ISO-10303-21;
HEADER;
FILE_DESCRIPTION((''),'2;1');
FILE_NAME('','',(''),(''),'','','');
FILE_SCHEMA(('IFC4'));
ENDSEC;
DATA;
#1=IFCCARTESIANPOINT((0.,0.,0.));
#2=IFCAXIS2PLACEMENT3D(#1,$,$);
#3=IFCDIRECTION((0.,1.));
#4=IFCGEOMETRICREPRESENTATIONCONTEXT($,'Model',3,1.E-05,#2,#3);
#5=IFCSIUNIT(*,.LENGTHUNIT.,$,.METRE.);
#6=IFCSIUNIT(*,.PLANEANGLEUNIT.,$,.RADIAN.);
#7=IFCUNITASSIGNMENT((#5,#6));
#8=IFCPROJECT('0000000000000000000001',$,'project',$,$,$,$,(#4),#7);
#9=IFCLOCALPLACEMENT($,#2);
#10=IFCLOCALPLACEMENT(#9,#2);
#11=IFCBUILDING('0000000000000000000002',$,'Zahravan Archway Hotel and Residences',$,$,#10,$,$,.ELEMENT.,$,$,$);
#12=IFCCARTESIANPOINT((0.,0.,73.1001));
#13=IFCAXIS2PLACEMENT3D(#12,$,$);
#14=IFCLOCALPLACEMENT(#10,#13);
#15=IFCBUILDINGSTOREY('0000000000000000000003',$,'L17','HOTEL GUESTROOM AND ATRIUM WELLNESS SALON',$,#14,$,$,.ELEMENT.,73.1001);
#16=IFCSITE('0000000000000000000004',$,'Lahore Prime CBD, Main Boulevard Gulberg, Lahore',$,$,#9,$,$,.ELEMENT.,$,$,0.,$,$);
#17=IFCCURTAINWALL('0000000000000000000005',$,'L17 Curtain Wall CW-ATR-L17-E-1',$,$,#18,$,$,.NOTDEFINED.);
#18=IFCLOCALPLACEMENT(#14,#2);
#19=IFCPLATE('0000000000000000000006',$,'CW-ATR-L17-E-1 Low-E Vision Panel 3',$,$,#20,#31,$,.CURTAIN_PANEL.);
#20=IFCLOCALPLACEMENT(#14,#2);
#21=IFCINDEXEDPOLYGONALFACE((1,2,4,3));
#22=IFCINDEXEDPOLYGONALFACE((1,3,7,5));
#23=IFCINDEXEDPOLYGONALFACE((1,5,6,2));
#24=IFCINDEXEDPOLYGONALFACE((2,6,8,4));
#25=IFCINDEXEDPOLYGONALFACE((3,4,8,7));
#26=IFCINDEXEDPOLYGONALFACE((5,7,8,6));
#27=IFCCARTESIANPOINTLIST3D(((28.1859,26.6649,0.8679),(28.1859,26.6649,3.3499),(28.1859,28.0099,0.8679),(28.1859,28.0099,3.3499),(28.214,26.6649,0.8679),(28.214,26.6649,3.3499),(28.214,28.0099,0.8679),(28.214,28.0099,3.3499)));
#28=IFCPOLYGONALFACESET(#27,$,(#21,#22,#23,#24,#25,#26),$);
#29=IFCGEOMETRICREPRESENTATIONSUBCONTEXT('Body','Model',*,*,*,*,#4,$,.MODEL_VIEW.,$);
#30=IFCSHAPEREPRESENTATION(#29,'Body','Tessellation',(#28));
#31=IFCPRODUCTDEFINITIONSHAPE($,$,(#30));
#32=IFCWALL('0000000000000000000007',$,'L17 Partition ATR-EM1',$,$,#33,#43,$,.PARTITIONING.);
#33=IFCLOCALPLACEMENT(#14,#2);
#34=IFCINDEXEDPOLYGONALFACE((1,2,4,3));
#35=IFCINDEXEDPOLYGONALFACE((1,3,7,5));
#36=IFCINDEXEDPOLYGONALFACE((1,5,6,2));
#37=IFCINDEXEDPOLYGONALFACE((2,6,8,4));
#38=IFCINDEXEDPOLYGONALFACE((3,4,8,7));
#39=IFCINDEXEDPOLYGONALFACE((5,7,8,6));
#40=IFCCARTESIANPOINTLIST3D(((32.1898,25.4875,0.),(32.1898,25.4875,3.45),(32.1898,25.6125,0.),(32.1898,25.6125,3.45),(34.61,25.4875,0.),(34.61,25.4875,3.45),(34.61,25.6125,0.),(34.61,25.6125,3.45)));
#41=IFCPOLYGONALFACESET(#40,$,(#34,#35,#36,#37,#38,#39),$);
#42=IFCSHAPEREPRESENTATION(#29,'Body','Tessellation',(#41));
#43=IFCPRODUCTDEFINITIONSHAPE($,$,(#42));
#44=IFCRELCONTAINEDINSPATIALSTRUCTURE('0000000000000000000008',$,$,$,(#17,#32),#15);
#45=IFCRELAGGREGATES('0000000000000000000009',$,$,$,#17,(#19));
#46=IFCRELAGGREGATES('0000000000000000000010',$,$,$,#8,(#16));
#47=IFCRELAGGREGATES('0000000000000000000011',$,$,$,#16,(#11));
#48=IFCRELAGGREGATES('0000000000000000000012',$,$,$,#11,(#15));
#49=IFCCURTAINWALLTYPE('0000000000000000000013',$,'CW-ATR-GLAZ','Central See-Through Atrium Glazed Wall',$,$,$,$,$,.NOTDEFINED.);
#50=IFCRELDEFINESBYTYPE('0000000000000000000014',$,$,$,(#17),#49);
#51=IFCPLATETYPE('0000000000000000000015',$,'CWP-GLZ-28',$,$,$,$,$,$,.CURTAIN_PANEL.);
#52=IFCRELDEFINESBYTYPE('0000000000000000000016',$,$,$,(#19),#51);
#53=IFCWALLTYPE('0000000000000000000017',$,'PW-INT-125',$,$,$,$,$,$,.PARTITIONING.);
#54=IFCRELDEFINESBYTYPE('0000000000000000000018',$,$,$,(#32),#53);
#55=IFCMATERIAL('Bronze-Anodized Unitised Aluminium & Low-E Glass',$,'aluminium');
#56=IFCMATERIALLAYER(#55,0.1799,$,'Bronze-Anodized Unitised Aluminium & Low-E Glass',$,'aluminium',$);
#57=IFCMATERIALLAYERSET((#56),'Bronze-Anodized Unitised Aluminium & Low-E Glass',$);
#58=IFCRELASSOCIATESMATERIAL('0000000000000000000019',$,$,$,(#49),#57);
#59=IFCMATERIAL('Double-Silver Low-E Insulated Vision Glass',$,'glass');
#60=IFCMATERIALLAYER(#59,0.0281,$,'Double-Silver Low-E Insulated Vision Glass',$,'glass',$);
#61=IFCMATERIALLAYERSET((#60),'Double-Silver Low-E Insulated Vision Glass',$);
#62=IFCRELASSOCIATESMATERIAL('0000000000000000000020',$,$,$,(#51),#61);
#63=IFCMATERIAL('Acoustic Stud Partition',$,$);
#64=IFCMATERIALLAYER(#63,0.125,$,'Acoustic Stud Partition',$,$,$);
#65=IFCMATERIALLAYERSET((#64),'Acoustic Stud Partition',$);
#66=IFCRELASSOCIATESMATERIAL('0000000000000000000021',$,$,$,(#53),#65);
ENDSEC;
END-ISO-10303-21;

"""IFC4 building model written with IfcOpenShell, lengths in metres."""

from ifc_helpers import new_model, si_unit, direction, frame, frame_2d, origin, origin_2d, place, context, subcontext, project, spatial, rectangle, extrude, source, transform, mapped, material, layer, layer_set, type_object, element, aggregate, save


model = new_model("IFC4")

# Units and contexts
model_context = context("Model", 3, precision=1e-05, world=origin(), true_north=direction((0.0, 1.0)))
body_context = subcontext(model_context, "Body", "Model", "MODEL_VIEW")
ifc_project = project(units=[si_unit("LENGTHUNIT", "METRE"), si_unit("PLANEANGLEUNIT", "RADIAN")], contexts=[model_context])

# Site, building, storey
site_placement = place(None, origin())
site = spatial("IfcSite", under=ifc_project, at=site_placement, Name="Lahore Prime CBD, Main Boulevard Gulberg, Lahore", CompositionType="ELEMENT", RefElevation=0.0)
building_placement = place(site_placement, origin())
building = spatial("IfcBuilding", under=site, at=building_placement, Name="Zahravan Archway Hotel and Residences", CompositionType="ELEMENT")
storey_placement = place(building_placement, frame((0.0, 0.0, 73.1001)))
storey = spatial("IfcBuildingStorey", under=building, at=storey_placement, Name="L17", Description="HOTEL GUESTROOM AND ATRIUM WELLNESS SALON", CompositionType="ELEMENT", Elevation=73.1001)

# Shared definitions
ifc_material_1 = material(Name="Bronze-Anodized Unitised Aluminium & Low-E Glass", Category="aluminium")
ifc_layer_1 = layer(ifc_material_1, 0.1799, Name="Bronze-Anodized Unitised Aluminium & Low-E Glass", Category="aluminium")
ifc_layer_set_1 = layer_set([ifc_layer_1], Name="Bronze-Anodized Unitised Aluminium & Low-E Glass")
curtain_wall_type = type_object("IfcCurtainWallType", Name="CW-ATR-GLAZ", Description="Central See-Through Atrium Glazed Wall", PredefinedType="NOTDEFINED", material=ifc_layer_set_1)

# Curtain wall
curtain_wall_1_placement = place(storey_placement, origin())
curtain_wall_1 = element("IfcCurtainWall", 1, at=curtain_wall_1_placement, inside=storey, type_object=curtain_wall_type, Name="L17 Curtain Wall CW-ATR-L17-E-1", PredefinedType="NOTDEFINED")

# Plate
ifc_material_2 = material(Name="Double-Silver Low-E Insulated Vision Glass", Category="glass")
ifc_layer_2 = layer(ifc_material_2, 0.0281, Name="Double-Silver Low-E Insulated Vision Glass", Category="glass")
ifc_layer_set_2 = layer_set([ifc_layer_2], Name="Double-Silver Low-E Insulated Vision Glass")
plate_type_1 = type_object("IfcPlateType", Name="CWP-GLZ-28", PredefinedType="CURTAIN_PANEL", material=ifc_layer_set_2)
shared_shape_1 = source(origin(), body_context, "Body", "SweptSolid", [
    extrude(rectangle(XDim=1.345, YDim=0.0281, at=origin_2d()), origin(), (0.0, 0.0, 1.0), 2.4819),
])
plate_1_placement = place(storey_placement, frame((28.2, 27.3374, 0.8679), z_axis=(0.0, 0.0, 1.0), x_axis=(0.0, 1.0, 0.0)))
plate_1 = element("IfcPlate", 2, at=plate_1_placement, type_object=plate_type_1, Name="CW-ATR-L17-E-1 Low-E Vision Panel 3", PredefinedType="CURTAIN_PANEL", context=body_context, shape_type="MappedRepresentation", body=[
    mapped(shared_shape_1, transform((0.0, 0.0, 0.0), scale=1.0)),
])
aggregate(curtain_wall_1, [plate_1])

# Wall
ifc_material_3 = material(Name="Acoustic Stud Partition")
ifc_layer_3 = layer(ifc_material_3, 0.125, Name="Acoustic Stud Partition")
ifc_layer_set_3 = layer_set([ifc_layer_3], Name="Acoustic Stud Partition")
wall_type = type_object("IfcWallType", Name="PW-INT-125", PredefinedType="PARTITIONING", material=ifc_layer_set_3)
wall_placement = place(storey_placement, frame((32.1899, 25.55, 0.0), z_axis=(0.0, 0.0, 1.0), x_axis=(1.0, 0.0, 0.0)))
element("IfcWall", 3, at=wall_placement, inside=storey, type_object=wall_type, Name="L17 Partition ATR-EM1", PredefinedType="PARTITIONING", context=body_context, shape_type="SweptSolid", body=[
    extrude(rectangle(XDim=2.4202, YDim=0.125, at=frame_2d((1.21, 0.0))), origin(), (0.0, 0.0, 1.0), 3.45),
])

save(model, "model.ifc")
